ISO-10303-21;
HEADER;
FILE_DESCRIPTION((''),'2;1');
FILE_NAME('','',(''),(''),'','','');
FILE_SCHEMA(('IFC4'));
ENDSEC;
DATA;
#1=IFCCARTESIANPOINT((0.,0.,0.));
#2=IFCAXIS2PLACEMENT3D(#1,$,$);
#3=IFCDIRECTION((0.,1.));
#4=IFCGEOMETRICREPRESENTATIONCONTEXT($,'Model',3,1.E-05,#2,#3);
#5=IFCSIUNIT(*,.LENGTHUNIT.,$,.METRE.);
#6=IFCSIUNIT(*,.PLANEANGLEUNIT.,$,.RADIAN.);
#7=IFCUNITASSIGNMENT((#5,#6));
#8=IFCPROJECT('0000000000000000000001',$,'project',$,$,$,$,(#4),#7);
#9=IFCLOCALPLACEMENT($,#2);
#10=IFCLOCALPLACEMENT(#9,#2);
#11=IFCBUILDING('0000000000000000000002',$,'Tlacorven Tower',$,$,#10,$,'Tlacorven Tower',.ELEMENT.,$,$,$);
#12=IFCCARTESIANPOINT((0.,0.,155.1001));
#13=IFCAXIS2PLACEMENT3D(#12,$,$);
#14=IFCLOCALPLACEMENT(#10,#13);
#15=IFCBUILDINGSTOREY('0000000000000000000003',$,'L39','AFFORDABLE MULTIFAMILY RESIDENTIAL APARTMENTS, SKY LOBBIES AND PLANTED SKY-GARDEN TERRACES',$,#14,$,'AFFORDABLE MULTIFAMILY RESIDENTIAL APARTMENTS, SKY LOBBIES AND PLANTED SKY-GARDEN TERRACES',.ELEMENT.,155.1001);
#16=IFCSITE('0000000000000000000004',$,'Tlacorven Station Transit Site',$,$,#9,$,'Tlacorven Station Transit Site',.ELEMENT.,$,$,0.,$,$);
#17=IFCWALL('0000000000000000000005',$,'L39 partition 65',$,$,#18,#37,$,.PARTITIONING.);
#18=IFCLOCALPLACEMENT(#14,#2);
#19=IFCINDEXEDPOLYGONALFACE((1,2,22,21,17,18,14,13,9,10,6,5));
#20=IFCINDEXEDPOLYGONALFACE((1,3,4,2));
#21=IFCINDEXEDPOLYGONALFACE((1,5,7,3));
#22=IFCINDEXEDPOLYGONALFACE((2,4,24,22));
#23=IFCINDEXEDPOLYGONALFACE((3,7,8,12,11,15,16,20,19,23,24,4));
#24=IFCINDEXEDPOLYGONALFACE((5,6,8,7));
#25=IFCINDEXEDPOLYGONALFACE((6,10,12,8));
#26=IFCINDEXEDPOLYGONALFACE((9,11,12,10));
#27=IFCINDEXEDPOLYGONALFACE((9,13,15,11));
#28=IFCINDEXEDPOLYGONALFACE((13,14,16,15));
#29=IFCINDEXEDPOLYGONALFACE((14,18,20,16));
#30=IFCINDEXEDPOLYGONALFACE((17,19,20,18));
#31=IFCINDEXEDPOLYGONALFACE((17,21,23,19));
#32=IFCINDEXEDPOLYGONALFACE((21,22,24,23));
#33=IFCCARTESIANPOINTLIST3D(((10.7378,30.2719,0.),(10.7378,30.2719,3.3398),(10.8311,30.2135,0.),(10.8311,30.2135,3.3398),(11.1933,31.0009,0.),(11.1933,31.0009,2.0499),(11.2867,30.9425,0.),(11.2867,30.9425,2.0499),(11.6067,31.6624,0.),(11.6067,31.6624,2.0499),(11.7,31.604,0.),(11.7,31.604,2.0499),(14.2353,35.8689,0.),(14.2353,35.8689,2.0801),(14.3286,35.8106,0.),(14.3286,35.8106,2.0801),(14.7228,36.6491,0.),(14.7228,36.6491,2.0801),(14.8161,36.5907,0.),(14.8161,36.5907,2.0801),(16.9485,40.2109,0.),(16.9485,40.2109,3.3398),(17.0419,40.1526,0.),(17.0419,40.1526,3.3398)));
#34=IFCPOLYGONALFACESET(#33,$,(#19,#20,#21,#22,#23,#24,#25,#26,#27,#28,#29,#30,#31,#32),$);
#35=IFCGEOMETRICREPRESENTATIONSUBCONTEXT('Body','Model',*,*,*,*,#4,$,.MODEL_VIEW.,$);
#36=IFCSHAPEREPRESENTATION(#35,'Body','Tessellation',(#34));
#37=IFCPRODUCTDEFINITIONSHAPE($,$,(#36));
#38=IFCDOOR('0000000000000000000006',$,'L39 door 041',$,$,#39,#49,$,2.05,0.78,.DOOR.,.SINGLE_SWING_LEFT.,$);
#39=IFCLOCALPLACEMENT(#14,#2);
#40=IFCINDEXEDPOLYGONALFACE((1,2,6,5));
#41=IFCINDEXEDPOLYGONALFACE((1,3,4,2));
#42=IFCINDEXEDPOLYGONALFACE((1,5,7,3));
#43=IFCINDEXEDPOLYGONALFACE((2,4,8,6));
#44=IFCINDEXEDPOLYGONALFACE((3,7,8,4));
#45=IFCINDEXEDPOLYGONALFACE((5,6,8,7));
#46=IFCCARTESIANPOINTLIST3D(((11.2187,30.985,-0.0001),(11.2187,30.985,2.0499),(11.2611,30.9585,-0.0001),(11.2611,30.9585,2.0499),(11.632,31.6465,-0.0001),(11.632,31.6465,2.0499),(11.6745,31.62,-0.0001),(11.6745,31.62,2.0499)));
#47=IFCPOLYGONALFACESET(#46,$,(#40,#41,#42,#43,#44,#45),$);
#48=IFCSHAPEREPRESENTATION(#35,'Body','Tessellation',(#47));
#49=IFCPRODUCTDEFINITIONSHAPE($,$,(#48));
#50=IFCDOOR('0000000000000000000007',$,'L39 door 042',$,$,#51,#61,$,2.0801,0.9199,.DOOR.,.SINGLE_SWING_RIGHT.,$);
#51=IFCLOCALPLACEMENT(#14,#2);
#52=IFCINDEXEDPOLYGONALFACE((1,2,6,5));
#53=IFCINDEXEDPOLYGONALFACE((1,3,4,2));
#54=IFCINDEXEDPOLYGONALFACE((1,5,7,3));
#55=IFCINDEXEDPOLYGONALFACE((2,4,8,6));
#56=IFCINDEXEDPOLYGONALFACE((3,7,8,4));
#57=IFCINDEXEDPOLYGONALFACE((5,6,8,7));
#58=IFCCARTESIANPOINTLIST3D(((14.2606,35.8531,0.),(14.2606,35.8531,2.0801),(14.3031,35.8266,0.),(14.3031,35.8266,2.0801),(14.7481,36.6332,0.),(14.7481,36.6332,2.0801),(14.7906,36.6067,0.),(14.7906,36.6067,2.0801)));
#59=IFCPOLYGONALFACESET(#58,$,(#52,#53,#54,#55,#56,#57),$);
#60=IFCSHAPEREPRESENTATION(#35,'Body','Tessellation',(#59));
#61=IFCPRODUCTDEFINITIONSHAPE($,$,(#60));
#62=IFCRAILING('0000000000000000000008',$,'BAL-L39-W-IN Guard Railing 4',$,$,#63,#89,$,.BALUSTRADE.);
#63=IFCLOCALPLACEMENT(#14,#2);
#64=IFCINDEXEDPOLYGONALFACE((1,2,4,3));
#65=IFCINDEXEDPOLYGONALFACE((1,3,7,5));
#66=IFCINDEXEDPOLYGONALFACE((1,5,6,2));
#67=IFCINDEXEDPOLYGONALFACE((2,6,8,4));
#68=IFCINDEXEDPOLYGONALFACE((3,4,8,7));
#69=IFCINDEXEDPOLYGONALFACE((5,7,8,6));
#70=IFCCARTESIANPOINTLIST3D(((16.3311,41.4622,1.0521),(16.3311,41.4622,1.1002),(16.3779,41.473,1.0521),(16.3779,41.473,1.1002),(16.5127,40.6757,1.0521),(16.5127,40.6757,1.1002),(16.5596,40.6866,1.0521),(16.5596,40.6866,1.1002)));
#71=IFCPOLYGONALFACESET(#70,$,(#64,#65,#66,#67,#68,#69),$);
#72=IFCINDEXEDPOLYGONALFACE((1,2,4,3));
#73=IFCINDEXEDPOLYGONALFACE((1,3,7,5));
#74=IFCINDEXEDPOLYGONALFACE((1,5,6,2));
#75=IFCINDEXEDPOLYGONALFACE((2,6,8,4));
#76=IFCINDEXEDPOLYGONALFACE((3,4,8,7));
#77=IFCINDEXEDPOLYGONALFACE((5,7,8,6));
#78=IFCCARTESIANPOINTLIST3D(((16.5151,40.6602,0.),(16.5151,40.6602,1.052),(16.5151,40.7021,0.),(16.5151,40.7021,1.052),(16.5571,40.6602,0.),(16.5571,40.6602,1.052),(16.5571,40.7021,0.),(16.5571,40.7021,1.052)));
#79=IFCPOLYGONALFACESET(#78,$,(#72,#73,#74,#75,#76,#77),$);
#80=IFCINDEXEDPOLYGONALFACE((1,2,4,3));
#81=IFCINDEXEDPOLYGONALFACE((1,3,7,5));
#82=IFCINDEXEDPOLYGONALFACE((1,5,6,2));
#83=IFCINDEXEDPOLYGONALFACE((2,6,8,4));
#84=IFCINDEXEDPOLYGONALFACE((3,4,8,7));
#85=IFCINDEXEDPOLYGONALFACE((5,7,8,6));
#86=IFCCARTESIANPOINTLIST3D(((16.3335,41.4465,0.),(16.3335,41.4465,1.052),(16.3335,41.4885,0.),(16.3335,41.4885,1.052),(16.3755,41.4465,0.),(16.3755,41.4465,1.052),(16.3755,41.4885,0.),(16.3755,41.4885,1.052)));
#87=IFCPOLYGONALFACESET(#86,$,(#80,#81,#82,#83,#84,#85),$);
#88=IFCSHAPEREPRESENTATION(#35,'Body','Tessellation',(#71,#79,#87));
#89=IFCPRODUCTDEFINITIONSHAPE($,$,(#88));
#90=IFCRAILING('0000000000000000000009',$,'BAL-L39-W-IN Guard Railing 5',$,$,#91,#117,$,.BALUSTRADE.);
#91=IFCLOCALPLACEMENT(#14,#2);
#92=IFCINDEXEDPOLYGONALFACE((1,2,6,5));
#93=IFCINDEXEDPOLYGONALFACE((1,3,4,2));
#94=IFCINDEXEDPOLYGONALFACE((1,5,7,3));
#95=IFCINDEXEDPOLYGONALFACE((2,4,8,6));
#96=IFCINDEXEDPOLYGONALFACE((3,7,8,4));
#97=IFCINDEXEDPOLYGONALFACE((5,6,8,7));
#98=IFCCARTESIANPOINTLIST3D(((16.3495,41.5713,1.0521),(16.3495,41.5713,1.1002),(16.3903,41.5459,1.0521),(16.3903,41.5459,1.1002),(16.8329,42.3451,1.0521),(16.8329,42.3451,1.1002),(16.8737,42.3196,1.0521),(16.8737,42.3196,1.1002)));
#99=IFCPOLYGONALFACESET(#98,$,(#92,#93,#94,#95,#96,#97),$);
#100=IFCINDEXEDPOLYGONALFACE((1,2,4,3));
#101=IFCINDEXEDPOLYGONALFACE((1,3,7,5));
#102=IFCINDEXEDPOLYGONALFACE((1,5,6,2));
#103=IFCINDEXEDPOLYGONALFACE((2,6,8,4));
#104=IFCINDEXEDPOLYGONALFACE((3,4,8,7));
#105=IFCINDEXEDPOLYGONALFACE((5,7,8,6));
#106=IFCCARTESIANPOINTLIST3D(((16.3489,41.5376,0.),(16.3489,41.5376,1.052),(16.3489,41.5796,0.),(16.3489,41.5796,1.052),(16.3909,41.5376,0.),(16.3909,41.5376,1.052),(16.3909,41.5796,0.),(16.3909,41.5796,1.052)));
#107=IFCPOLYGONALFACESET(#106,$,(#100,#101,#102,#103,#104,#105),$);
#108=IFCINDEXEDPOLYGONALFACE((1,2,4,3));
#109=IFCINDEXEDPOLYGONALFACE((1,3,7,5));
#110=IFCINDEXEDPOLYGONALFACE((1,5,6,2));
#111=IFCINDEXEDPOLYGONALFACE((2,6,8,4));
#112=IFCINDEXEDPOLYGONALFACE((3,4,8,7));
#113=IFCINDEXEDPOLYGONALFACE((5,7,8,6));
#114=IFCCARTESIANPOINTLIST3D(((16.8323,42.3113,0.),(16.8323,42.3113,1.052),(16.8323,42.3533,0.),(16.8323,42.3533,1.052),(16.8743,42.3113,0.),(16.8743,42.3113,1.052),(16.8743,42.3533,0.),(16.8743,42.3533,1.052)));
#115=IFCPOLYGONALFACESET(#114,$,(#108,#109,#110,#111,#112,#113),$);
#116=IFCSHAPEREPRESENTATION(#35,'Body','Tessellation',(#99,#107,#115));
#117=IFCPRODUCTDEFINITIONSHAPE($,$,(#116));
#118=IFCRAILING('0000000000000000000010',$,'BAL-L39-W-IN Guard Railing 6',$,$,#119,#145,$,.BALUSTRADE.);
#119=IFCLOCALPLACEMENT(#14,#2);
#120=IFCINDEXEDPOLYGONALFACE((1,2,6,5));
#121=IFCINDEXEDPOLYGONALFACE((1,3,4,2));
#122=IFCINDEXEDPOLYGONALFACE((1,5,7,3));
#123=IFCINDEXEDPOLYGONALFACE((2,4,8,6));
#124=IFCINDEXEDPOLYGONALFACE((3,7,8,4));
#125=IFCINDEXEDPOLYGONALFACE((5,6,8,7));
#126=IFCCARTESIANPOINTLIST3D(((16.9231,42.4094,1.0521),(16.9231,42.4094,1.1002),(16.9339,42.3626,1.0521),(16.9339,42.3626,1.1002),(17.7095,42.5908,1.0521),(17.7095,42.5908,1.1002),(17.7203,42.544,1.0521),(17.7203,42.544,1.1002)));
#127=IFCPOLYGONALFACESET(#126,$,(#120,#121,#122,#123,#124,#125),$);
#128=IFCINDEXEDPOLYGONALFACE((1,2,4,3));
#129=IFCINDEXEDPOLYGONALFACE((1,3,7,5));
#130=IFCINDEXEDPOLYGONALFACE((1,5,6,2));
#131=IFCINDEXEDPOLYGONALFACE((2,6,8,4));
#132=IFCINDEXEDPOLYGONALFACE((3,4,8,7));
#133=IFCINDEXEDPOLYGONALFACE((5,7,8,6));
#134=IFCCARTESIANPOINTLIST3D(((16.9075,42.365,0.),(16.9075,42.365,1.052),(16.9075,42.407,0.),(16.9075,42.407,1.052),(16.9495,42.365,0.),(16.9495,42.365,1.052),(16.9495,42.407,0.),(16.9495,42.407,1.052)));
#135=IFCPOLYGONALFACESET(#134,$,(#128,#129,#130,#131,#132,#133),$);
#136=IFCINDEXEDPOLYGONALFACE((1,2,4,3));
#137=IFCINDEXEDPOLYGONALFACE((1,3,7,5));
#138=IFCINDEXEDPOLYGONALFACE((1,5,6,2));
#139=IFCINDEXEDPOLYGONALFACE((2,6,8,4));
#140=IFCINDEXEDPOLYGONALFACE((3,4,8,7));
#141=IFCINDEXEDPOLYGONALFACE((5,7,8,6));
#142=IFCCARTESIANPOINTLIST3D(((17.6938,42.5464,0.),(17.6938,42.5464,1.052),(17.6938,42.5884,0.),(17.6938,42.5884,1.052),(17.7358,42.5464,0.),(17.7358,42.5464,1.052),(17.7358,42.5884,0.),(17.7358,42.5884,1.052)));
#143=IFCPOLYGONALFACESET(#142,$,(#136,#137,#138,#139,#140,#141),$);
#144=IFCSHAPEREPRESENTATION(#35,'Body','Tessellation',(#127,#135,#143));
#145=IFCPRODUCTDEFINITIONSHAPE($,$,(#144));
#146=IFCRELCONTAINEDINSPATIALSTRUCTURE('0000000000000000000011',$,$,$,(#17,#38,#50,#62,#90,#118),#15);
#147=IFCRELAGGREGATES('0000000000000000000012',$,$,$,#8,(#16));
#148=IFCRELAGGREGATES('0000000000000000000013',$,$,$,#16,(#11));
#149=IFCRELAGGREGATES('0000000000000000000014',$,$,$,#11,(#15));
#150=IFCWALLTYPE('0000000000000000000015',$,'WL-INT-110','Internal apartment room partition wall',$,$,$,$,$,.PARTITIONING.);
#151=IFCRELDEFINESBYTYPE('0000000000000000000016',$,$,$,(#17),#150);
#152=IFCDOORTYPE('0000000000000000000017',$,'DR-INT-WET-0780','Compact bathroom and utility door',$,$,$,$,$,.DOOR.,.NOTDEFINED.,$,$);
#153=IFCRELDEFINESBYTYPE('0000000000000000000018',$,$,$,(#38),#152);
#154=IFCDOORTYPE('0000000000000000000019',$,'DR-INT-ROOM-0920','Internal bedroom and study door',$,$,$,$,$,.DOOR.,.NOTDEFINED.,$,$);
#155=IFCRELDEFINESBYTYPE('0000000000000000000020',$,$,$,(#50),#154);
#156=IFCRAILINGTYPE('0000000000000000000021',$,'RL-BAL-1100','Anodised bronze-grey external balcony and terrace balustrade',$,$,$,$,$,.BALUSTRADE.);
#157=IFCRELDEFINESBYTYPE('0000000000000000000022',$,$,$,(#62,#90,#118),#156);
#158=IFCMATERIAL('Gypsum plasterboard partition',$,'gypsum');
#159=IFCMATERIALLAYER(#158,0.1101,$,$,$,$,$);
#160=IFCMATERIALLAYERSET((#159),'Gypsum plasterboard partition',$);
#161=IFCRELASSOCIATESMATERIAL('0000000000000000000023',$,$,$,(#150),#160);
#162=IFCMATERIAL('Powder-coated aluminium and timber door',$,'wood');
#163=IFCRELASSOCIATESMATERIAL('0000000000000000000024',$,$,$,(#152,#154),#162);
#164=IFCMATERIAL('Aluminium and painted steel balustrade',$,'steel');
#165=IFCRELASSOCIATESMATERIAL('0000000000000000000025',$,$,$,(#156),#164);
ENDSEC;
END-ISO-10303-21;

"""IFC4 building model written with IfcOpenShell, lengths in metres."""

from ifc_helpers import new_model, si_unit, direction, frame, frame_2d, origin, origin_2d, place, context, subcontext, project, spatial, rectangle, extrude, source, transform, mapped, material, layer, layer_set, type_object, element, fill, save


model = new_model("IFC4")

# Units and contexts
model_context = context("Model", 3, precision=1e-05, world=origin(), true_north=direction((0.0, 1.0)))
body_context = subcontext(model_context, "Body", "Model", "MODEL_VIEW")
ifc_project = project(units=[si_unit("LENGTHUNIT", "METRE"), si_unit("PLANEANGLEUNIT", "RADIAN")], contexts=[model_context])

# Site, building, storey
site_placement = place(None, origin())
site = spatial("IfcSite", under=ifc_project, at=site_placement, Name="Tlacorven Station Transit Site", LongName="Tlacorven Station Transit Site", CompositionType="ELEMENT", RefElevation=0.0)
building_placement = place(site_placement, origin())
building = spatial("IfcBuilding", under=site, at=building_placement, Name="Tlacorven Tower", LongName="Tlacorven Tower", CompositionType="ELEMENT")
storey_placement = place(building_placement, frame((0.0, 0.0, 155.1001)))
storey = spatial("IfcBuildingStorey", under=building, at=storey_placement, Name="L39", Description="AFFORDABLE MULTIFAMILY RESIDENTIAL APARTMENTS, SKY LOBBIES AND PLANTED SKY-GARDEN TERRACES", LongName="AFFORDABLE MULTIFAMILY RESIDENTIAL APARTMENTS, SKY LOBBIES AND PLANTED SKY-GARDEN TERRACES", CompositionType="ELEMENT", Elevation=155.1001)

# Shared definitions
ifc_material_1 = material(Name="Powder-coated aluminium and timber door", Category="wood")

# Wall, openings, doors
ifc_material_2 = material(Name="Gypsum plasterboard partition", Category="gypsum")
ifc_layer_1 = layer(ifc_material_2, 0.1101)
ifc_layer_set_1 = layer_set([ifc_layer_1], Name="Gypsum plasterboard partition")
wall_type_1 = type_object("IfcWallType", Name="WL-INT-110", Description="Internal apartment room partition wall", PredefinedType="PARTITIONING", material=ifc_layer_set_1)
wall_1_placement = place(storey_placement, frame((16.9951, 40.1816, 0.0), z_axis=(0.0, 0.0, 1.0), x_axis=(-0.529928, -0.848043, 0.0)))
wall_1 = element("IfcWall", 1, at=wall_1_placement, inside=storey, type_object=wall_type_1, Name="L39 partition 65", PredefinedType="PARTITIONING", context=body_context, shape_type="SweptSolid", body=[
    extrude(rectangle(XDim=11.72, YDim=0.1101, at=frame_2d((5.8599, 0.0))), origin(), (0.0, 0.0, 1.0), 3.3398),
])
opening_1_placement = place(wall_1_placement, frame((10.0801, 0.0, 0.0)))
opening_1 = element("IfcOpeningElement", 2, at=opening_1_placement, cuts=wall_1, PredefinedType="OPENING", context=body_context, shape_type="SweptSolid", body=[
    extrude(rectangle(XDim=0.78, YDim=2.05, at=frame_2d((0.3901, 1.0249))), frame((0.0, 0.0649, 0.0), z_axis=(0.0, -1.0, 0.0), x_axis=(1.0, 0.0, 0.0)), (0.0, 0.0, 1.0), 0.1301),
])
opening_2_placement = place(wall_1_placement, frame((4.2, 0.0, 0.0)))
opening_2 = element("IfcOpeningElement", 3, at=opening_2_placement, cuts=wall_1, PredefinedType="OPENING", context=body_context, shape_type="SweptSolid", body=[
    extrude(rectangle(XDim=0.9199, YDim=2.0801, at=frame_2d((0.46, 1.04))), frame((0.0, 0.0649, 0.0), z_axis=(0.0, -1.0, 0.0), x_axis=(1.0, 0.0, 0.0)), (0.0, 0.0, 1.0), 0.1301),
])
door_type_1 = type_object("IfcDoorType", Name="DR-INT-WET-0780", Description="Compact bathroom and utility door", OperationType="NOTDEFINED", PredefinedType="DOOR", material=ifc_material_1)
shared_shape_1 = source(origin(), body_context, "Body", "SweptSolid", [
    extrude(rectangle(XDim=0.78, YDim=2.05, at=frame_2d((0.3901, 1.0249))), frame((0.0, 0.0249, 0.0), z_axis=(0.0, -1.0, 0.0), x_axis=(1.0, 0.0, 0.0)), (0.0, 0.0, 1.0), 0.05),
])
door_1_placement = place(opening_1_placement, origin())
door_1 = element("IfcDoor", 4, at=door_1_placement, inside=storey, type_object=door_type_1, Name="L39 door 041", OperationType="SINGLE_SWING_LEFT", OverallHeight=2.05, OverallWidth=0.78, PredefinedType="DOOR", context=body_context, shape_type="MappedRepresentation", body=[
    mapped(shared_shape_1, transform((0.0, 0.0, 0.0), scale=1.0)),
])
fill(opening_1, door_1)
door_type_2 = type_object("IfcDoorType", Name="DR-INT-ROOM-0920", Description="Internal bedroom and study door", OperationType="NOTDEFINED", PredefinedType="DOOR", material=ifc_material_1)
shared_shape_2 = source(origin(), body_context, "Body", "SweptSolid", [
    extrude(rectangle(XDim=0.9199, YDim=2.0801, at=frame_2d((0.46, 1.04))), frame((0.0, 0.0249, 0.0), z_axis=(0.0, -1.0, 0.0), x_axis=(1.0, 0.0, 0.0)), (0.0, 0.0, 1.0), 0.05),
])
door_2_placement = place(opening_2_placement, origin())
door_2 = element("IfcDoor", 5, at=door_2_placement, inside=storey, type_object=door_type_2, Name="L39 door 042", OperationType="SINGLE_SWING_RIGHT", OverallHeight=2.0801, OverallWidth=0.9199, PredefinedType="DOOR", context=body_context, shape_type="MappedRepresentation", body=[
    mapped(shared_shape_2, transform((0.0, 0.0, 0.0), scale=1.0)),
])
fill(opening_2, door_2)

# Railings
ifc_material_3 = material(Name="Aluminium and painted steel balustrade", Category="steel")
railing_type = type_object("IfcRailingType", Name="RL-BAL-1100", Description="Anodised bronze-grey external balcony and terrace balustrade", PredefinedType="BALUSTRADE", material=ifc_material_3)
shared_shape_3 = source(origin(), body_context, "Body", "SweptSolid", [
    extrude(rectangle(XDim=0.0481, YDim=0.0481, at=origin_2d()), frame((0.0, 0.0, 1.0762), z_axis=(-0.225058, 0.974345, 0.0), x_axis=(-0.974345, -0.225058, 0.0)), (0.0, 0.0, 1.0), 0.8071),
    extrude(rectangle(XDim=0.042, YDim=0.042, at=origin_2d()), origin(), (0.0, 0.0, 1.0), 1.052),
    extrude(rectangle(XDim=0.042, YDim=0.042, at=origin_2d()), frame((-0.1816, 0.7864, 0.0)), (0.0, 0.0, 1.0), 1.052),
])
railing_1_placement = place(storey_placement, frame((16.5361, 40.6812, 0.0)))
element("IfcRailing", 6, at=railing_1_placement, inside=storey, type_object=railing_type, Name="BAL-L39-W-IN Guard Railing 4", PredefinedType="BALUSTRADE", context=body_context, shape_type="MappedRepresentation", body=[
    mapped(shared_shape_3, transform((0.0, 0.0, 0.0), scale=1.0)),
])
shared_shape_4 = source(origin(), body_context, "Body", "SweptSolid", [
    extrude(rectangle(XDim=0.0481, YDim=0.0481, at=origin_2d()), frame((0.0, 0.0, 1.0762), z_axis=(0.529879, 0.848073, 0.0), x_axis=(-0.848073, 0.529879, 0.0)), (0.0, 0.0, 1.0), 0.9124),
    extrude(rectangle(XDim=0.042, YDim=0.042, at=origin_2d()), origin(), (0.0, 0.0, 1.0), 1.052),
    extrude(rectangle(XDim=0.042, YDim=0.042, at=origin_2d()), frame((0.4834, 0.7737, 0.0)), (0.0, 0.0, 1.0), 1.052),
])
railing_2_placement = place(storey_placement, frame((16.3699, 41.5586, 0.0)))
element("IfcRailing", 7, at=railing_2_placement, inside=storey, type_object=railing_type, Name="BAL-L39-W-IN Guard Railing 5", PredefinedType="BALUSTRADE", context=body_context, shape_type="MappedRepresentation", body=[
    mapped(shared_shape_4, transform((0.0, 0.0, 0.0), scale=1.0)),
])
shared_shape_5 = source(origin(), body_context, "Body", "SweptSolid", [
    extrude(rectangle(XDim=0.0481, YDim=0.0481, at=origin_2d()), frame((0.0, 0.0, 1.0762), z_axis=(0.974412, 0.224771, 0.0), x_axis=(-0.224771, 0.974412, 0.0)), (0.0, 0.0, 1.0), 0.8071),
    extrude(rectangle(XDim=0.042, YDim=0.042, at=origin_2d()), origin(), (0.0, 0.0, 1.0), 1.052),
    extrude(rectangle(XDim=0.042, YDim=0.042, at=origin_2d()), frame((0.7864, 0.1814, 0.0)), (0.0, 0.0, 1.0), 1.052),
])
railing_3_placement = place(storey_placement, frame((16.9285, 42.386, 0.0)))
element("IfcRailing", 8, at=railing_3_placement, inside=storey, type_object=railing_type, Name="BAL-L39-W-IN Guard Railing 6", PredefinedType="BALUSTRADE", context=body_context, shape_type="MappedRepresentation", body=[
    mapped(shared_shape_5, transform((0.0, 0.0, 0.0), scale=1.0)),
])

save(model, "model.ifc")
